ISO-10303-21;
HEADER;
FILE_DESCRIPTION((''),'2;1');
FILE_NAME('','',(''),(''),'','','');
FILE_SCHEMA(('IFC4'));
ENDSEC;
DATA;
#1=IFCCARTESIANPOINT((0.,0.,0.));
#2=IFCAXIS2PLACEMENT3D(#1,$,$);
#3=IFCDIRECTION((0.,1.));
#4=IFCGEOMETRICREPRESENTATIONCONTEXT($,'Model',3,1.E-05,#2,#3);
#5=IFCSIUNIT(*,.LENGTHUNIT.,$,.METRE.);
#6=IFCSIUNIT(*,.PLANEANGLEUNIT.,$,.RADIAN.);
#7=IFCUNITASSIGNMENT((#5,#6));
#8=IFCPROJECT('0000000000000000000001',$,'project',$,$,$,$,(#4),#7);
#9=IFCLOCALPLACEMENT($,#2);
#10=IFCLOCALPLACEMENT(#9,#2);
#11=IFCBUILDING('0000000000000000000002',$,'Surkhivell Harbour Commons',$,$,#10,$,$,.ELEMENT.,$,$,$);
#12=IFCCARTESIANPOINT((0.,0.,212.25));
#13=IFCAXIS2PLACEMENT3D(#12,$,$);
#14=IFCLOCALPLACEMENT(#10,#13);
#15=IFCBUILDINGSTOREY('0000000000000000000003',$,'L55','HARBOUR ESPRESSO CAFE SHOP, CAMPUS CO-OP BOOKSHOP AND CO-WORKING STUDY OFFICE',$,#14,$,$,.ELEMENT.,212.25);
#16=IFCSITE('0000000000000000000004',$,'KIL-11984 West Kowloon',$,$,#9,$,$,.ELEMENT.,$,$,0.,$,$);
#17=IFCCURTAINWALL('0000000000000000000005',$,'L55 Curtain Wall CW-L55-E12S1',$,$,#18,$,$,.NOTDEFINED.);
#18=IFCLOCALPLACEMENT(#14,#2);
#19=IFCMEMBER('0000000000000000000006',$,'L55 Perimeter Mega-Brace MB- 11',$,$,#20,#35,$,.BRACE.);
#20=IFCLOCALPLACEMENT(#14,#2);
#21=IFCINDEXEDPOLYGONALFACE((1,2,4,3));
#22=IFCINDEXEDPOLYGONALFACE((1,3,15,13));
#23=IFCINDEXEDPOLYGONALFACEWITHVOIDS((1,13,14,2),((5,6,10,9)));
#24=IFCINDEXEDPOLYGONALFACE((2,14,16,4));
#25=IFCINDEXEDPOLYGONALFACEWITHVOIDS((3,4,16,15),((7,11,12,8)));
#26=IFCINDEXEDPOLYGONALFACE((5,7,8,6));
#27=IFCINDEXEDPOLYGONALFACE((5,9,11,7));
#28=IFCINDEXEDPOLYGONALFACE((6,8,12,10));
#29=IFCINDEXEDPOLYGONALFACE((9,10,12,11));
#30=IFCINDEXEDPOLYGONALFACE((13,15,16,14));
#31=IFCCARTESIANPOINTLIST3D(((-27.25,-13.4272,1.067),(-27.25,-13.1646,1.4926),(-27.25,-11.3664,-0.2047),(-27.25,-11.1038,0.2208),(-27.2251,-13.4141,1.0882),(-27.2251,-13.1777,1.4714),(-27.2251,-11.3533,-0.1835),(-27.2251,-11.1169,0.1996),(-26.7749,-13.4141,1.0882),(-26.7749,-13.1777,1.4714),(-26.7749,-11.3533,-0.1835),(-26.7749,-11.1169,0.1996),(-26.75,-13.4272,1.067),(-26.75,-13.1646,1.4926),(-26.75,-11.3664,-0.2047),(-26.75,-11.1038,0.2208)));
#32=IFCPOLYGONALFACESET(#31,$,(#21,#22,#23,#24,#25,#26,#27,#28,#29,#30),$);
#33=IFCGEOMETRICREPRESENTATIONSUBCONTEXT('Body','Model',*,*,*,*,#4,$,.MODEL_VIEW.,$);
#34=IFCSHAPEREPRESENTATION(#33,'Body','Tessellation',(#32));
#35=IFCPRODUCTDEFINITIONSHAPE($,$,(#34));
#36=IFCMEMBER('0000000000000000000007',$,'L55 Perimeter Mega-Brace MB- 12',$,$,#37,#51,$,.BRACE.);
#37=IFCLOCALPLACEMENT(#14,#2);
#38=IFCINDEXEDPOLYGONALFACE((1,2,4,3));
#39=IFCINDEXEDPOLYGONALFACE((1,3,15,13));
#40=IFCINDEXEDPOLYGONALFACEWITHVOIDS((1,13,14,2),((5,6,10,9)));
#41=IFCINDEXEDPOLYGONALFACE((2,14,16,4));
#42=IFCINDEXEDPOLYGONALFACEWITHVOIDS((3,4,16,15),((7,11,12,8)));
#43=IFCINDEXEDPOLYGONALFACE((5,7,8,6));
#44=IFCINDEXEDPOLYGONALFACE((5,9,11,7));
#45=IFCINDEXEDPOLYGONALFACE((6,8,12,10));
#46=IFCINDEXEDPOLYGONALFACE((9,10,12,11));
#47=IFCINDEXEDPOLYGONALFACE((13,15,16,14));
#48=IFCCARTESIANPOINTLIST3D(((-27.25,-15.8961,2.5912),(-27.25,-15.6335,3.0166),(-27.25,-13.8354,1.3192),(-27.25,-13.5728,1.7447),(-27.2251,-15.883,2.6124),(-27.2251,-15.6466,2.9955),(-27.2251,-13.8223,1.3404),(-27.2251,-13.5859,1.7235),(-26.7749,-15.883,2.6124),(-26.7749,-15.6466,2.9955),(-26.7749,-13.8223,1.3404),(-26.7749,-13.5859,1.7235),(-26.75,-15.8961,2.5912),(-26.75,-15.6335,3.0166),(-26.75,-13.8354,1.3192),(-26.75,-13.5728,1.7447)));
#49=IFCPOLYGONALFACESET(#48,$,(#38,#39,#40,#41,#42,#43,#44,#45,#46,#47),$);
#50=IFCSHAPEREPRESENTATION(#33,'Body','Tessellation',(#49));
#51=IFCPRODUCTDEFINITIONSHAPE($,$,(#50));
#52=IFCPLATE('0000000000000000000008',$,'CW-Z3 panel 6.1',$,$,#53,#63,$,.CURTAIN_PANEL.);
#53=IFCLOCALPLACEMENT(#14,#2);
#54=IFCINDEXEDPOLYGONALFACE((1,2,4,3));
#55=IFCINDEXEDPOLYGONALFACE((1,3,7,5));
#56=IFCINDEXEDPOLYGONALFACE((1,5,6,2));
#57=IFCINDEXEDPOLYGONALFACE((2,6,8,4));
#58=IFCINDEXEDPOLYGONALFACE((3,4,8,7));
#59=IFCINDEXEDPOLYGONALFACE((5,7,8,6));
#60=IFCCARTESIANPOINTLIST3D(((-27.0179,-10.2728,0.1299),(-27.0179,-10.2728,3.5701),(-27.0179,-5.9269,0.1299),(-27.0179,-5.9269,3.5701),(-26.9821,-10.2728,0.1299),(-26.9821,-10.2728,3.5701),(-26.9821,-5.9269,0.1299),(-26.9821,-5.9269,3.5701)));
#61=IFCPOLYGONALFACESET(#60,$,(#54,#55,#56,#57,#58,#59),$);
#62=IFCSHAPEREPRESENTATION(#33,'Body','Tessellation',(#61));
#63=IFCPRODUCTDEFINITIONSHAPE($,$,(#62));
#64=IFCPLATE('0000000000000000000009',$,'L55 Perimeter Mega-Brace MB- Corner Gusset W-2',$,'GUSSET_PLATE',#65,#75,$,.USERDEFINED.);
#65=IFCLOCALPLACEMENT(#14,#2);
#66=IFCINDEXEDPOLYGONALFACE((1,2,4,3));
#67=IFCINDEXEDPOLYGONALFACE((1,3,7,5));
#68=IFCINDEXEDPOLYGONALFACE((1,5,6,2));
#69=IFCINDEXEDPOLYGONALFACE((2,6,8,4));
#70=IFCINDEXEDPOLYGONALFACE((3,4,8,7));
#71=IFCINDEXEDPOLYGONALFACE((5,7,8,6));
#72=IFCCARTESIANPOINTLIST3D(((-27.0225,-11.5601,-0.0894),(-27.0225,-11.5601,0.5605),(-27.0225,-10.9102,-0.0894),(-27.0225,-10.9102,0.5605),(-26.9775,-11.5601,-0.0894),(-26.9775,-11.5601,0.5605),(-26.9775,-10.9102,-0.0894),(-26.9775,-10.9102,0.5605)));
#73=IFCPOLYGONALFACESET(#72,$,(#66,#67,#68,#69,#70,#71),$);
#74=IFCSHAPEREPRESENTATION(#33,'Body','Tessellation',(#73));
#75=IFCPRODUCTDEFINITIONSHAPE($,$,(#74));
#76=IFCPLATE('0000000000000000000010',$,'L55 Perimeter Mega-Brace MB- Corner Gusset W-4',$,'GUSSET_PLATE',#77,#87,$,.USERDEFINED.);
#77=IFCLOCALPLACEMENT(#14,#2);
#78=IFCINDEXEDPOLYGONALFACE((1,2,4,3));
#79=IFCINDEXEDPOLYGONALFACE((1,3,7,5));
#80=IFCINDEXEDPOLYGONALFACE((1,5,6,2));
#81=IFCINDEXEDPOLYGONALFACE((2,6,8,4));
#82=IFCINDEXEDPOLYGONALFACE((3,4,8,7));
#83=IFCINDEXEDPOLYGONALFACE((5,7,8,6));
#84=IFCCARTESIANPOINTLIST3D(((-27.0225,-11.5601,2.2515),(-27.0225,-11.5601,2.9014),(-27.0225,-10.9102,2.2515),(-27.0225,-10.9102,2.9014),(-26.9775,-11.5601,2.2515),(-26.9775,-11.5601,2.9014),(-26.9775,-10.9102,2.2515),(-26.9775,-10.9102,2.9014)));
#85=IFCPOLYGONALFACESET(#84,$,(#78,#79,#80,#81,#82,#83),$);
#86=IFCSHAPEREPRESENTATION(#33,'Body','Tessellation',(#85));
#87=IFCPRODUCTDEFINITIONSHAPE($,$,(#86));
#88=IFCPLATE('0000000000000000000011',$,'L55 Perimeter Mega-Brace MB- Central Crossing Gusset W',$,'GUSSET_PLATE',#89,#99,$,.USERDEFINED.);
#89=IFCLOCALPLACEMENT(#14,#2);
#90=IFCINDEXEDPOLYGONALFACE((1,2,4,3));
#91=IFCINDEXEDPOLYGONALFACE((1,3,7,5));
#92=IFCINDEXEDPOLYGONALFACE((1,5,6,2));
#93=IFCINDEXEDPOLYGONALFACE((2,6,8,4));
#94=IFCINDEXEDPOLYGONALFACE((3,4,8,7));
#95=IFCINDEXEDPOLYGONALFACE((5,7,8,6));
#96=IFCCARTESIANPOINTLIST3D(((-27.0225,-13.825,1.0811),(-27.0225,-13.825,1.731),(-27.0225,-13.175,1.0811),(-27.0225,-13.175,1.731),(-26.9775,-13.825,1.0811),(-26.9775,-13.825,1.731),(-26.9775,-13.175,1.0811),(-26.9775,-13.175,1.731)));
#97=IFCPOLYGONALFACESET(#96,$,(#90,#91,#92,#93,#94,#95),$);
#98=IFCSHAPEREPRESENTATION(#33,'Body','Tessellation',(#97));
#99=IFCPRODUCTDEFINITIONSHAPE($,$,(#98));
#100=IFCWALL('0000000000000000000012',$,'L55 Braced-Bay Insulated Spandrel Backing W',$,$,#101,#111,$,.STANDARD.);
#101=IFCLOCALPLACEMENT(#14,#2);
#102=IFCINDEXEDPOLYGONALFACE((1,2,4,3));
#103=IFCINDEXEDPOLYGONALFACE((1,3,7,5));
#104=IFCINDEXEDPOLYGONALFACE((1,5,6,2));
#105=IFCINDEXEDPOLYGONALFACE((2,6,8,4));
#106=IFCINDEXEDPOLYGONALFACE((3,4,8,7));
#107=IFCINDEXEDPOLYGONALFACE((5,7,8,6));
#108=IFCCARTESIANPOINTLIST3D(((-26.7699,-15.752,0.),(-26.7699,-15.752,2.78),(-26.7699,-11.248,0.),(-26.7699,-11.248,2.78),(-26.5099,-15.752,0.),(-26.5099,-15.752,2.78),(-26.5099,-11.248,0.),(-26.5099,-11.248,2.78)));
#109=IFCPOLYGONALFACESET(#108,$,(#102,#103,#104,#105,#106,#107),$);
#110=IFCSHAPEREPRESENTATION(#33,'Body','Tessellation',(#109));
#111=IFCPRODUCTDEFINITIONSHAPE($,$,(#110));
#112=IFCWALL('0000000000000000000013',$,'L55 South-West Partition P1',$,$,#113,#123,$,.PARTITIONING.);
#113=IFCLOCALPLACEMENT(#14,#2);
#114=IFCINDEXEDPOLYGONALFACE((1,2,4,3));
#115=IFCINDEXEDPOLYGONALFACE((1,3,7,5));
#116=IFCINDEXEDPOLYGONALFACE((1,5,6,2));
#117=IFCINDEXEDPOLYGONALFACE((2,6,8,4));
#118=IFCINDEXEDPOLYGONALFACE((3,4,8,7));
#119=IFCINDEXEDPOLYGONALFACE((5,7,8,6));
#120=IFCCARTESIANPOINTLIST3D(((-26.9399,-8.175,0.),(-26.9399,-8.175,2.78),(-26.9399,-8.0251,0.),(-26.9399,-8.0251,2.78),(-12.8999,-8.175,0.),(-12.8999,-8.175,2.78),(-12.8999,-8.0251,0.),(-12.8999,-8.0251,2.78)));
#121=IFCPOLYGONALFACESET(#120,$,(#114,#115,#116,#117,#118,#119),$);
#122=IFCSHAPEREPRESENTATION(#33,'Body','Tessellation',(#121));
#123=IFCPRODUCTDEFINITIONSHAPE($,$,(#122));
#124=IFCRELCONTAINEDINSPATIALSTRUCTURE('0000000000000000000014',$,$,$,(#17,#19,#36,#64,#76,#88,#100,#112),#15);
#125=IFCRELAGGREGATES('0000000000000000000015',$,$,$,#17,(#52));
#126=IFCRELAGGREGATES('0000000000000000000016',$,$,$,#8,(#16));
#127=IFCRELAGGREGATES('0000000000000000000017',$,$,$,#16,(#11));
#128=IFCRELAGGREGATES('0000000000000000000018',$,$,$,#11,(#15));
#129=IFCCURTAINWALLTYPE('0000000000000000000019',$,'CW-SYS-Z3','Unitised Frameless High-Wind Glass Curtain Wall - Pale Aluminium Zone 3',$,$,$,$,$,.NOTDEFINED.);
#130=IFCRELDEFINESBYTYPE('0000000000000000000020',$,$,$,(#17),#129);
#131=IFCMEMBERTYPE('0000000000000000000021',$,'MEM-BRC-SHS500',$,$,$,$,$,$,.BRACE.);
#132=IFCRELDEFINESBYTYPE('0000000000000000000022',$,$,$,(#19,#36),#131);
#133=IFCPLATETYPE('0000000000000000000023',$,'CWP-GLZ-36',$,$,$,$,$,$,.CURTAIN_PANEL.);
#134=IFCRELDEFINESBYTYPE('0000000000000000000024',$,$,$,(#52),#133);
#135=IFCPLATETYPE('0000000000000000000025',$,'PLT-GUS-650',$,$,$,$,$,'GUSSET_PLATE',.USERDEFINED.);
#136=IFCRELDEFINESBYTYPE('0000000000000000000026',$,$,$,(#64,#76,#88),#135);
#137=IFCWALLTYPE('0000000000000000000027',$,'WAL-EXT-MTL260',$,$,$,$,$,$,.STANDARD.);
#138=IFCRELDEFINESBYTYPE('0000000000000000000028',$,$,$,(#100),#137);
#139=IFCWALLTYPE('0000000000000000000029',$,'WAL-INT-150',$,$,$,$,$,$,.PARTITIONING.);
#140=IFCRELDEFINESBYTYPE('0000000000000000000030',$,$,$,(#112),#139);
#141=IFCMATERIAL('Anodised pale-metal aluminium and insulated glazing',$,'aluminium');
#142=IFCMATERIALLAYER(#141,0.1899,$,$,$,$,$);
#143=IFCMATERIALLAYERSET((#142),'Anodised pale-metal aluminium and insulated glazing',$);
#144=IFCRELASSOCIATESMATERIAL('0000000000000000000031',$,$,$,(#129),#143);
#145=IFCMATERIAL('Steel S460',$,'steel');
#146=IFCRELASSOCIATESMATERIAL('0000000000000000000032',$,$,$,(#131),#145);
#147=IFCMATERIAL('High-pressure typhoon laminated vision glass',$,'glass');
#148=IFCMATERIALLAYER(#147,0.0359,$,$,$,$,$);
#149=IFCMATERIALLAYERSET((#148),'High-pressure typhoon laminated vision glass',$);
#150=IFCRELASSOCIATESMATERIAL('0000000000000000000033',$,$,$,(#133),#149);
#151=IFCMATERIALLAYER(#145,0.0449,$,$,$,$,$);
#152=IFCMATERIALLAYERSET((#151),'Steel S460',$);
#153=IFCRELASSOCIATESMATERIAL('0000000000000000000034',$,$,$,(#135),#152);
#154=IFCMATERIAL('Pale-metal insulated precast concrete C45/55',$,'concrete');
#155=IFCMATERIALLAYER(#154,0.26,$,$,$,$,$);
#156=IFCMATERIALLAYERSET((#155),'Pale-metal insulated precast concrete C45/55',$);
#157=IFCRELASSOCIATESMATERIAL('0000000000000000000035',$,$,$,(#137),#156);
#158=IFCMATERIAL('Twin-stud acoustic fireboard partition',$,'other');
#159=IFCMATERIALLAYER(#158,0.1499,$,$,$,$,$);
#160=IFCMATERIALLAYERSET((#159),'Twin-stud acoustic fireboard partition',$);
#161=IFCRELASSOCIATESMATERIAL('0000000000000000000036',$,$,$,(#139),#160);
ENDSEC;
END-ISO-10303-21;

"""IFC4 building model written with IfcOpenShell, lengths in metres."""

from ifc_helpers import new_model, si_unit, direction, frame, frame_2d, origin, origin_2d, place, context, subcontext, project, spatial, rectangle, hollow_rectangle, extrude, material, layer, layer_set, material_profile, profile_set, type_object, element, aggregate, save


model = new_model("IFC4")

# Units and contexts
model_context = context("Model", 3, precision=1e-05, world=origin(), true_north=direction((0.0, 1.0)))
body_context = subcontext(model_context, "Body", "Model", "MODEL_VIEW")
ifc_project = project(units=[si_unit("LENGTHUNIT", "METRE"), si_unit("PLANEANGLEUNIT", "RADIAN")], contexts=[model_context])

# Site, building, storey
site_placement = place(None, origin())
site = spatial("IfcSite", under=ifc_project, at=site_placement, Name="KIL-11984 West Kowloon", CompositionType="ELEMENT", RefElevation=0.0)
building_placement = place(site_placement, origin())
building = spatial("IfcBuilding", under=site, at=building_placement, Name="Surkhivell Harbour Commons", CompositionType="ELEMENT")
storey_placement = place(building_placement, frame((0.0, 0.0, 212.25)))
storey = spatial("IfcBuildingStorey", under=building, at=storey_placement, Name="L55", Description="HARBOUR ESPRESSO CAFE SHOP, CAMPUS CO-OP BOOKSHOP AND CO-WORKING STUDY OFFICE", CompositionType="ELEMENT", Elevation=212.25)

# Curtain wall
ifc_material_1 = material(Name="Anodised pale-metal aluminium and insulated glazing", Category="aluminium")
ifc_layer_1 = layer(ifc_material_1, 0.1899)
ifc_layer_set_1 = layer_set([ifc_layer_1], Name="Anodised pale-metal aluminium and insulated glazing")
curtain_wall_type = type_object("IfcCurtainWallType", Name="CW-SYS-Z3", Description="Unitised Frameless High-Wind Glass Curtain Wall - Pale Aluminium Zone 3", PredefinedType="NOTDEFINED", material=ifc_layer_set_1)
curtain_wall_placement = place(storey_placement, origin())
curtain_wall = element("IfcCurtainWall", 1, at=curtain_wall_placement, inside=storey, type_object=curtain_wall_type, Name="L55 Curtain Wall CW-L55-E12S1", PredefinedType="NOTDEFINED")

# Members
ifc_material_2 = material(Name="Steel S460", Category="steel")
ifc_material_profile_1 = material_profile(ifc_material_2, hollow_rectangle(XDim=0.5, YDim=0.5, WallThickness=0.0249, at=origin_2d()), Name="SHS500x500x25")
ifc_profile_set_1 = profile_set([ifc_material_profile_1], Name="Steel S460")
member_type_1 = type_object("IfcMemberType", Name="MEM-BRC-SHS500", PredefinedType="BRACE", material=ifc_profile_set_1)
for number, where, z_axis, x_axis, name in (
    (2, (-27.0, -11.2351, 0.0081), (0.0, -0.851003, 0.52516), (1.0, 0.0, 0.0), "L55 Perimeter Mega-Brace MB- 11"),
    (3, (-27.0, -13.7041, 1.532), (0.0, -0.850958, 0.525233), (1.0, 0.0, 0.0), "L55 Perimeter Mega-Brace MB- 12"),
):
    element("IfcMember", number, at=place(storey_placement, frame(where, z_axis=z_axis, x_axis=x_axis)), inside=storey, type_object=member_type_1, Name=name, PredefinedType="BRACE", context=body_context, shape_type="SweptSolid", body=[
        extrude(hollow_rectangle(XDim=0.5, YDim=0.5, WallThickness=0.0249, at=origin_2d()), origin(), (0.0, 0.0, 1.0), 2.4216),
    ])

# Plate
ifc_material_3 = material(Name="High-pressure typhoon laminated vision glass", Category="glass")
ifc_layer_2 = layer(ifc_material_3, 0.0359)
ifc_layer_set_2 = layer_set([ifc_layer_2], Name="High-pressure typhoon laminated vision glass")
plate_type_1 = type_object("IfcPlateType", Name="CWP-GLZ-36", PredefinedType="CURTAIN_PANEL", material=ifc_layer_set_2)
plate_placement = place(storey_placement, frame((-27.0, -5.927, 0.1299), z_axis=(0.0, 0.0, 1.0), x_axis=(0.0, -1.0, 0.0)))
plate = element("IfcPlate", 4, at=plate_placement, type_object=plate_type_1, Name="CW-Z3 panel 6.1", PredefinedType="CURTAIN_PANEL", context=body_context, shape_type="SweptSolid", body=[
    extrude(rectangle(XDim=4.3459, YDim=0.0359, at=frame_2d((2.1729, 0.0))), origin(), (0.0, 0.0, 1.0), 3.4402),
])
aggregate(curtain_wall, [plate])

# Plates
ifc_layer_3 = layer(ifc_material_2, 0.0449)
ifc_layer_set_3 = layer_set([ifc_layer_3], Name="Steel S460")
plate_type_2 = type_object("IfcPlateType", Name="PLT-GUS-650", ElementType="GUSSET_PLATE", PredefinedType="USERDEFINED", material=ifc_layer_set_3)
for number, where, z_axis, x_axis, name in (
    (5, (-27.0, -11.2351, -0.0894), (0.0, 0.0, 1.0), (0.0, 1.0, 0.0), "L55 Perimeter Mega-Brace MB- Corner Gusset W-2"),
    (6, (-27.0, -11.2351, 2.2515), (0.0, 0.0, 1.0), (0.0, 1.0, 0.0), "L55 Perimeter Mega-Brace MB- Corner Gusset W-4"),
    (7, (-27.0, -13.5, 1.0811), (0.0, 0.0, 1.0), (0.0, 1.0, 0.0), "L55 Perimeter Mega-Brace MB- Central Crossing Gusset W"),
):
    element("IfcPlate", number, at=place(storey_placement, frame(where, z_axis=z_axis, x_axis=x_axis)), inside=storey, type_object=plate_type_2, Name=name, ObjectType="GUSSET_PLATE", PredefinedType="USERDEFINED", context=body_context, shape_type="SweptSolid", body=[
        extrude(rectangle(XDim=0.6499, YDim=0.0449, at=origin_2d()), origin(), (0.0, 0.0, 1.0), 0.6499),
    ])

# Walls
ifc_material_4 = material(Name="Pale-metal insulated precast concrete C45/55", Category="concrete")
ifc_layer_4 = layer(ifc_material_4, 0.26)
ifc_layer_set_4 = layer_set([ifc_layer_4], Name="Pale-metal insulated precast concrete C45/55")
wall_type_1 = type_object("IfcWallType", Name="WAL-EXT-MTL260", PredefinedType="STANDARD", material=ifc_layer_set_4)
wall_1_placement = place(storey_placement, frame((-26.6399, -11.248, 0.0), z_axis=(0.0, 0.0, 1.0), x_axis=(0.0, -1.0, 0.0)))
element("IfcWall", 8, at=wall_1_placement, inside=storey, type_object=wall_type_1, Name="L55 Braced-Bay Insulated Spandrel Backing W", PredefinedType="STANDARD", context=body_context, shape_type="SweptSolid", body=[
    extrude(rectangle(XDim=4.5039, YDim=0.26, at=frame_2d((2.252, 0.0))), origin(), (0.0, 0.0, 1.0), 2.78),
])
ifc_material_5 = material(Name="Twin-stud acoustic fireboard partition", Category="other")
ifc_layer_5 = layer(ifc_material_5, 0.1499)
ifc_layer_set_5 = layer_set([ifc_layer_5], Name="Twin-stud acoustic fireboard partition")
wall_type_2 = type_object("IfcWallType", Name="WAL-INT-150", PredefinedType="PARTITIONING", material=ifc_layer_set_5)
wall_2_placement = place(storey_placement, frame((-26.9399, -8.1001, 0.0), z_axis=(0.0, 0.0, 1.0), x_axis=(1.0, 0.0, 0.0)))
element("IfcWall", 9, at=wall_2_placement, inside=storey, type_object=wall_type_2, Name="L55 South-West Partition P1", PredefinedType="PARTITIONING", context=body_context, shape_type="SweptSolid", body=[
    extrude(rectangle(XDim=14.04, YDim=0.1499, at=frame_2d((7.02, 0.0))), origin(), (0.0, 0.0, 1.0), 2.78),
])

save(model, "model.ifc")
